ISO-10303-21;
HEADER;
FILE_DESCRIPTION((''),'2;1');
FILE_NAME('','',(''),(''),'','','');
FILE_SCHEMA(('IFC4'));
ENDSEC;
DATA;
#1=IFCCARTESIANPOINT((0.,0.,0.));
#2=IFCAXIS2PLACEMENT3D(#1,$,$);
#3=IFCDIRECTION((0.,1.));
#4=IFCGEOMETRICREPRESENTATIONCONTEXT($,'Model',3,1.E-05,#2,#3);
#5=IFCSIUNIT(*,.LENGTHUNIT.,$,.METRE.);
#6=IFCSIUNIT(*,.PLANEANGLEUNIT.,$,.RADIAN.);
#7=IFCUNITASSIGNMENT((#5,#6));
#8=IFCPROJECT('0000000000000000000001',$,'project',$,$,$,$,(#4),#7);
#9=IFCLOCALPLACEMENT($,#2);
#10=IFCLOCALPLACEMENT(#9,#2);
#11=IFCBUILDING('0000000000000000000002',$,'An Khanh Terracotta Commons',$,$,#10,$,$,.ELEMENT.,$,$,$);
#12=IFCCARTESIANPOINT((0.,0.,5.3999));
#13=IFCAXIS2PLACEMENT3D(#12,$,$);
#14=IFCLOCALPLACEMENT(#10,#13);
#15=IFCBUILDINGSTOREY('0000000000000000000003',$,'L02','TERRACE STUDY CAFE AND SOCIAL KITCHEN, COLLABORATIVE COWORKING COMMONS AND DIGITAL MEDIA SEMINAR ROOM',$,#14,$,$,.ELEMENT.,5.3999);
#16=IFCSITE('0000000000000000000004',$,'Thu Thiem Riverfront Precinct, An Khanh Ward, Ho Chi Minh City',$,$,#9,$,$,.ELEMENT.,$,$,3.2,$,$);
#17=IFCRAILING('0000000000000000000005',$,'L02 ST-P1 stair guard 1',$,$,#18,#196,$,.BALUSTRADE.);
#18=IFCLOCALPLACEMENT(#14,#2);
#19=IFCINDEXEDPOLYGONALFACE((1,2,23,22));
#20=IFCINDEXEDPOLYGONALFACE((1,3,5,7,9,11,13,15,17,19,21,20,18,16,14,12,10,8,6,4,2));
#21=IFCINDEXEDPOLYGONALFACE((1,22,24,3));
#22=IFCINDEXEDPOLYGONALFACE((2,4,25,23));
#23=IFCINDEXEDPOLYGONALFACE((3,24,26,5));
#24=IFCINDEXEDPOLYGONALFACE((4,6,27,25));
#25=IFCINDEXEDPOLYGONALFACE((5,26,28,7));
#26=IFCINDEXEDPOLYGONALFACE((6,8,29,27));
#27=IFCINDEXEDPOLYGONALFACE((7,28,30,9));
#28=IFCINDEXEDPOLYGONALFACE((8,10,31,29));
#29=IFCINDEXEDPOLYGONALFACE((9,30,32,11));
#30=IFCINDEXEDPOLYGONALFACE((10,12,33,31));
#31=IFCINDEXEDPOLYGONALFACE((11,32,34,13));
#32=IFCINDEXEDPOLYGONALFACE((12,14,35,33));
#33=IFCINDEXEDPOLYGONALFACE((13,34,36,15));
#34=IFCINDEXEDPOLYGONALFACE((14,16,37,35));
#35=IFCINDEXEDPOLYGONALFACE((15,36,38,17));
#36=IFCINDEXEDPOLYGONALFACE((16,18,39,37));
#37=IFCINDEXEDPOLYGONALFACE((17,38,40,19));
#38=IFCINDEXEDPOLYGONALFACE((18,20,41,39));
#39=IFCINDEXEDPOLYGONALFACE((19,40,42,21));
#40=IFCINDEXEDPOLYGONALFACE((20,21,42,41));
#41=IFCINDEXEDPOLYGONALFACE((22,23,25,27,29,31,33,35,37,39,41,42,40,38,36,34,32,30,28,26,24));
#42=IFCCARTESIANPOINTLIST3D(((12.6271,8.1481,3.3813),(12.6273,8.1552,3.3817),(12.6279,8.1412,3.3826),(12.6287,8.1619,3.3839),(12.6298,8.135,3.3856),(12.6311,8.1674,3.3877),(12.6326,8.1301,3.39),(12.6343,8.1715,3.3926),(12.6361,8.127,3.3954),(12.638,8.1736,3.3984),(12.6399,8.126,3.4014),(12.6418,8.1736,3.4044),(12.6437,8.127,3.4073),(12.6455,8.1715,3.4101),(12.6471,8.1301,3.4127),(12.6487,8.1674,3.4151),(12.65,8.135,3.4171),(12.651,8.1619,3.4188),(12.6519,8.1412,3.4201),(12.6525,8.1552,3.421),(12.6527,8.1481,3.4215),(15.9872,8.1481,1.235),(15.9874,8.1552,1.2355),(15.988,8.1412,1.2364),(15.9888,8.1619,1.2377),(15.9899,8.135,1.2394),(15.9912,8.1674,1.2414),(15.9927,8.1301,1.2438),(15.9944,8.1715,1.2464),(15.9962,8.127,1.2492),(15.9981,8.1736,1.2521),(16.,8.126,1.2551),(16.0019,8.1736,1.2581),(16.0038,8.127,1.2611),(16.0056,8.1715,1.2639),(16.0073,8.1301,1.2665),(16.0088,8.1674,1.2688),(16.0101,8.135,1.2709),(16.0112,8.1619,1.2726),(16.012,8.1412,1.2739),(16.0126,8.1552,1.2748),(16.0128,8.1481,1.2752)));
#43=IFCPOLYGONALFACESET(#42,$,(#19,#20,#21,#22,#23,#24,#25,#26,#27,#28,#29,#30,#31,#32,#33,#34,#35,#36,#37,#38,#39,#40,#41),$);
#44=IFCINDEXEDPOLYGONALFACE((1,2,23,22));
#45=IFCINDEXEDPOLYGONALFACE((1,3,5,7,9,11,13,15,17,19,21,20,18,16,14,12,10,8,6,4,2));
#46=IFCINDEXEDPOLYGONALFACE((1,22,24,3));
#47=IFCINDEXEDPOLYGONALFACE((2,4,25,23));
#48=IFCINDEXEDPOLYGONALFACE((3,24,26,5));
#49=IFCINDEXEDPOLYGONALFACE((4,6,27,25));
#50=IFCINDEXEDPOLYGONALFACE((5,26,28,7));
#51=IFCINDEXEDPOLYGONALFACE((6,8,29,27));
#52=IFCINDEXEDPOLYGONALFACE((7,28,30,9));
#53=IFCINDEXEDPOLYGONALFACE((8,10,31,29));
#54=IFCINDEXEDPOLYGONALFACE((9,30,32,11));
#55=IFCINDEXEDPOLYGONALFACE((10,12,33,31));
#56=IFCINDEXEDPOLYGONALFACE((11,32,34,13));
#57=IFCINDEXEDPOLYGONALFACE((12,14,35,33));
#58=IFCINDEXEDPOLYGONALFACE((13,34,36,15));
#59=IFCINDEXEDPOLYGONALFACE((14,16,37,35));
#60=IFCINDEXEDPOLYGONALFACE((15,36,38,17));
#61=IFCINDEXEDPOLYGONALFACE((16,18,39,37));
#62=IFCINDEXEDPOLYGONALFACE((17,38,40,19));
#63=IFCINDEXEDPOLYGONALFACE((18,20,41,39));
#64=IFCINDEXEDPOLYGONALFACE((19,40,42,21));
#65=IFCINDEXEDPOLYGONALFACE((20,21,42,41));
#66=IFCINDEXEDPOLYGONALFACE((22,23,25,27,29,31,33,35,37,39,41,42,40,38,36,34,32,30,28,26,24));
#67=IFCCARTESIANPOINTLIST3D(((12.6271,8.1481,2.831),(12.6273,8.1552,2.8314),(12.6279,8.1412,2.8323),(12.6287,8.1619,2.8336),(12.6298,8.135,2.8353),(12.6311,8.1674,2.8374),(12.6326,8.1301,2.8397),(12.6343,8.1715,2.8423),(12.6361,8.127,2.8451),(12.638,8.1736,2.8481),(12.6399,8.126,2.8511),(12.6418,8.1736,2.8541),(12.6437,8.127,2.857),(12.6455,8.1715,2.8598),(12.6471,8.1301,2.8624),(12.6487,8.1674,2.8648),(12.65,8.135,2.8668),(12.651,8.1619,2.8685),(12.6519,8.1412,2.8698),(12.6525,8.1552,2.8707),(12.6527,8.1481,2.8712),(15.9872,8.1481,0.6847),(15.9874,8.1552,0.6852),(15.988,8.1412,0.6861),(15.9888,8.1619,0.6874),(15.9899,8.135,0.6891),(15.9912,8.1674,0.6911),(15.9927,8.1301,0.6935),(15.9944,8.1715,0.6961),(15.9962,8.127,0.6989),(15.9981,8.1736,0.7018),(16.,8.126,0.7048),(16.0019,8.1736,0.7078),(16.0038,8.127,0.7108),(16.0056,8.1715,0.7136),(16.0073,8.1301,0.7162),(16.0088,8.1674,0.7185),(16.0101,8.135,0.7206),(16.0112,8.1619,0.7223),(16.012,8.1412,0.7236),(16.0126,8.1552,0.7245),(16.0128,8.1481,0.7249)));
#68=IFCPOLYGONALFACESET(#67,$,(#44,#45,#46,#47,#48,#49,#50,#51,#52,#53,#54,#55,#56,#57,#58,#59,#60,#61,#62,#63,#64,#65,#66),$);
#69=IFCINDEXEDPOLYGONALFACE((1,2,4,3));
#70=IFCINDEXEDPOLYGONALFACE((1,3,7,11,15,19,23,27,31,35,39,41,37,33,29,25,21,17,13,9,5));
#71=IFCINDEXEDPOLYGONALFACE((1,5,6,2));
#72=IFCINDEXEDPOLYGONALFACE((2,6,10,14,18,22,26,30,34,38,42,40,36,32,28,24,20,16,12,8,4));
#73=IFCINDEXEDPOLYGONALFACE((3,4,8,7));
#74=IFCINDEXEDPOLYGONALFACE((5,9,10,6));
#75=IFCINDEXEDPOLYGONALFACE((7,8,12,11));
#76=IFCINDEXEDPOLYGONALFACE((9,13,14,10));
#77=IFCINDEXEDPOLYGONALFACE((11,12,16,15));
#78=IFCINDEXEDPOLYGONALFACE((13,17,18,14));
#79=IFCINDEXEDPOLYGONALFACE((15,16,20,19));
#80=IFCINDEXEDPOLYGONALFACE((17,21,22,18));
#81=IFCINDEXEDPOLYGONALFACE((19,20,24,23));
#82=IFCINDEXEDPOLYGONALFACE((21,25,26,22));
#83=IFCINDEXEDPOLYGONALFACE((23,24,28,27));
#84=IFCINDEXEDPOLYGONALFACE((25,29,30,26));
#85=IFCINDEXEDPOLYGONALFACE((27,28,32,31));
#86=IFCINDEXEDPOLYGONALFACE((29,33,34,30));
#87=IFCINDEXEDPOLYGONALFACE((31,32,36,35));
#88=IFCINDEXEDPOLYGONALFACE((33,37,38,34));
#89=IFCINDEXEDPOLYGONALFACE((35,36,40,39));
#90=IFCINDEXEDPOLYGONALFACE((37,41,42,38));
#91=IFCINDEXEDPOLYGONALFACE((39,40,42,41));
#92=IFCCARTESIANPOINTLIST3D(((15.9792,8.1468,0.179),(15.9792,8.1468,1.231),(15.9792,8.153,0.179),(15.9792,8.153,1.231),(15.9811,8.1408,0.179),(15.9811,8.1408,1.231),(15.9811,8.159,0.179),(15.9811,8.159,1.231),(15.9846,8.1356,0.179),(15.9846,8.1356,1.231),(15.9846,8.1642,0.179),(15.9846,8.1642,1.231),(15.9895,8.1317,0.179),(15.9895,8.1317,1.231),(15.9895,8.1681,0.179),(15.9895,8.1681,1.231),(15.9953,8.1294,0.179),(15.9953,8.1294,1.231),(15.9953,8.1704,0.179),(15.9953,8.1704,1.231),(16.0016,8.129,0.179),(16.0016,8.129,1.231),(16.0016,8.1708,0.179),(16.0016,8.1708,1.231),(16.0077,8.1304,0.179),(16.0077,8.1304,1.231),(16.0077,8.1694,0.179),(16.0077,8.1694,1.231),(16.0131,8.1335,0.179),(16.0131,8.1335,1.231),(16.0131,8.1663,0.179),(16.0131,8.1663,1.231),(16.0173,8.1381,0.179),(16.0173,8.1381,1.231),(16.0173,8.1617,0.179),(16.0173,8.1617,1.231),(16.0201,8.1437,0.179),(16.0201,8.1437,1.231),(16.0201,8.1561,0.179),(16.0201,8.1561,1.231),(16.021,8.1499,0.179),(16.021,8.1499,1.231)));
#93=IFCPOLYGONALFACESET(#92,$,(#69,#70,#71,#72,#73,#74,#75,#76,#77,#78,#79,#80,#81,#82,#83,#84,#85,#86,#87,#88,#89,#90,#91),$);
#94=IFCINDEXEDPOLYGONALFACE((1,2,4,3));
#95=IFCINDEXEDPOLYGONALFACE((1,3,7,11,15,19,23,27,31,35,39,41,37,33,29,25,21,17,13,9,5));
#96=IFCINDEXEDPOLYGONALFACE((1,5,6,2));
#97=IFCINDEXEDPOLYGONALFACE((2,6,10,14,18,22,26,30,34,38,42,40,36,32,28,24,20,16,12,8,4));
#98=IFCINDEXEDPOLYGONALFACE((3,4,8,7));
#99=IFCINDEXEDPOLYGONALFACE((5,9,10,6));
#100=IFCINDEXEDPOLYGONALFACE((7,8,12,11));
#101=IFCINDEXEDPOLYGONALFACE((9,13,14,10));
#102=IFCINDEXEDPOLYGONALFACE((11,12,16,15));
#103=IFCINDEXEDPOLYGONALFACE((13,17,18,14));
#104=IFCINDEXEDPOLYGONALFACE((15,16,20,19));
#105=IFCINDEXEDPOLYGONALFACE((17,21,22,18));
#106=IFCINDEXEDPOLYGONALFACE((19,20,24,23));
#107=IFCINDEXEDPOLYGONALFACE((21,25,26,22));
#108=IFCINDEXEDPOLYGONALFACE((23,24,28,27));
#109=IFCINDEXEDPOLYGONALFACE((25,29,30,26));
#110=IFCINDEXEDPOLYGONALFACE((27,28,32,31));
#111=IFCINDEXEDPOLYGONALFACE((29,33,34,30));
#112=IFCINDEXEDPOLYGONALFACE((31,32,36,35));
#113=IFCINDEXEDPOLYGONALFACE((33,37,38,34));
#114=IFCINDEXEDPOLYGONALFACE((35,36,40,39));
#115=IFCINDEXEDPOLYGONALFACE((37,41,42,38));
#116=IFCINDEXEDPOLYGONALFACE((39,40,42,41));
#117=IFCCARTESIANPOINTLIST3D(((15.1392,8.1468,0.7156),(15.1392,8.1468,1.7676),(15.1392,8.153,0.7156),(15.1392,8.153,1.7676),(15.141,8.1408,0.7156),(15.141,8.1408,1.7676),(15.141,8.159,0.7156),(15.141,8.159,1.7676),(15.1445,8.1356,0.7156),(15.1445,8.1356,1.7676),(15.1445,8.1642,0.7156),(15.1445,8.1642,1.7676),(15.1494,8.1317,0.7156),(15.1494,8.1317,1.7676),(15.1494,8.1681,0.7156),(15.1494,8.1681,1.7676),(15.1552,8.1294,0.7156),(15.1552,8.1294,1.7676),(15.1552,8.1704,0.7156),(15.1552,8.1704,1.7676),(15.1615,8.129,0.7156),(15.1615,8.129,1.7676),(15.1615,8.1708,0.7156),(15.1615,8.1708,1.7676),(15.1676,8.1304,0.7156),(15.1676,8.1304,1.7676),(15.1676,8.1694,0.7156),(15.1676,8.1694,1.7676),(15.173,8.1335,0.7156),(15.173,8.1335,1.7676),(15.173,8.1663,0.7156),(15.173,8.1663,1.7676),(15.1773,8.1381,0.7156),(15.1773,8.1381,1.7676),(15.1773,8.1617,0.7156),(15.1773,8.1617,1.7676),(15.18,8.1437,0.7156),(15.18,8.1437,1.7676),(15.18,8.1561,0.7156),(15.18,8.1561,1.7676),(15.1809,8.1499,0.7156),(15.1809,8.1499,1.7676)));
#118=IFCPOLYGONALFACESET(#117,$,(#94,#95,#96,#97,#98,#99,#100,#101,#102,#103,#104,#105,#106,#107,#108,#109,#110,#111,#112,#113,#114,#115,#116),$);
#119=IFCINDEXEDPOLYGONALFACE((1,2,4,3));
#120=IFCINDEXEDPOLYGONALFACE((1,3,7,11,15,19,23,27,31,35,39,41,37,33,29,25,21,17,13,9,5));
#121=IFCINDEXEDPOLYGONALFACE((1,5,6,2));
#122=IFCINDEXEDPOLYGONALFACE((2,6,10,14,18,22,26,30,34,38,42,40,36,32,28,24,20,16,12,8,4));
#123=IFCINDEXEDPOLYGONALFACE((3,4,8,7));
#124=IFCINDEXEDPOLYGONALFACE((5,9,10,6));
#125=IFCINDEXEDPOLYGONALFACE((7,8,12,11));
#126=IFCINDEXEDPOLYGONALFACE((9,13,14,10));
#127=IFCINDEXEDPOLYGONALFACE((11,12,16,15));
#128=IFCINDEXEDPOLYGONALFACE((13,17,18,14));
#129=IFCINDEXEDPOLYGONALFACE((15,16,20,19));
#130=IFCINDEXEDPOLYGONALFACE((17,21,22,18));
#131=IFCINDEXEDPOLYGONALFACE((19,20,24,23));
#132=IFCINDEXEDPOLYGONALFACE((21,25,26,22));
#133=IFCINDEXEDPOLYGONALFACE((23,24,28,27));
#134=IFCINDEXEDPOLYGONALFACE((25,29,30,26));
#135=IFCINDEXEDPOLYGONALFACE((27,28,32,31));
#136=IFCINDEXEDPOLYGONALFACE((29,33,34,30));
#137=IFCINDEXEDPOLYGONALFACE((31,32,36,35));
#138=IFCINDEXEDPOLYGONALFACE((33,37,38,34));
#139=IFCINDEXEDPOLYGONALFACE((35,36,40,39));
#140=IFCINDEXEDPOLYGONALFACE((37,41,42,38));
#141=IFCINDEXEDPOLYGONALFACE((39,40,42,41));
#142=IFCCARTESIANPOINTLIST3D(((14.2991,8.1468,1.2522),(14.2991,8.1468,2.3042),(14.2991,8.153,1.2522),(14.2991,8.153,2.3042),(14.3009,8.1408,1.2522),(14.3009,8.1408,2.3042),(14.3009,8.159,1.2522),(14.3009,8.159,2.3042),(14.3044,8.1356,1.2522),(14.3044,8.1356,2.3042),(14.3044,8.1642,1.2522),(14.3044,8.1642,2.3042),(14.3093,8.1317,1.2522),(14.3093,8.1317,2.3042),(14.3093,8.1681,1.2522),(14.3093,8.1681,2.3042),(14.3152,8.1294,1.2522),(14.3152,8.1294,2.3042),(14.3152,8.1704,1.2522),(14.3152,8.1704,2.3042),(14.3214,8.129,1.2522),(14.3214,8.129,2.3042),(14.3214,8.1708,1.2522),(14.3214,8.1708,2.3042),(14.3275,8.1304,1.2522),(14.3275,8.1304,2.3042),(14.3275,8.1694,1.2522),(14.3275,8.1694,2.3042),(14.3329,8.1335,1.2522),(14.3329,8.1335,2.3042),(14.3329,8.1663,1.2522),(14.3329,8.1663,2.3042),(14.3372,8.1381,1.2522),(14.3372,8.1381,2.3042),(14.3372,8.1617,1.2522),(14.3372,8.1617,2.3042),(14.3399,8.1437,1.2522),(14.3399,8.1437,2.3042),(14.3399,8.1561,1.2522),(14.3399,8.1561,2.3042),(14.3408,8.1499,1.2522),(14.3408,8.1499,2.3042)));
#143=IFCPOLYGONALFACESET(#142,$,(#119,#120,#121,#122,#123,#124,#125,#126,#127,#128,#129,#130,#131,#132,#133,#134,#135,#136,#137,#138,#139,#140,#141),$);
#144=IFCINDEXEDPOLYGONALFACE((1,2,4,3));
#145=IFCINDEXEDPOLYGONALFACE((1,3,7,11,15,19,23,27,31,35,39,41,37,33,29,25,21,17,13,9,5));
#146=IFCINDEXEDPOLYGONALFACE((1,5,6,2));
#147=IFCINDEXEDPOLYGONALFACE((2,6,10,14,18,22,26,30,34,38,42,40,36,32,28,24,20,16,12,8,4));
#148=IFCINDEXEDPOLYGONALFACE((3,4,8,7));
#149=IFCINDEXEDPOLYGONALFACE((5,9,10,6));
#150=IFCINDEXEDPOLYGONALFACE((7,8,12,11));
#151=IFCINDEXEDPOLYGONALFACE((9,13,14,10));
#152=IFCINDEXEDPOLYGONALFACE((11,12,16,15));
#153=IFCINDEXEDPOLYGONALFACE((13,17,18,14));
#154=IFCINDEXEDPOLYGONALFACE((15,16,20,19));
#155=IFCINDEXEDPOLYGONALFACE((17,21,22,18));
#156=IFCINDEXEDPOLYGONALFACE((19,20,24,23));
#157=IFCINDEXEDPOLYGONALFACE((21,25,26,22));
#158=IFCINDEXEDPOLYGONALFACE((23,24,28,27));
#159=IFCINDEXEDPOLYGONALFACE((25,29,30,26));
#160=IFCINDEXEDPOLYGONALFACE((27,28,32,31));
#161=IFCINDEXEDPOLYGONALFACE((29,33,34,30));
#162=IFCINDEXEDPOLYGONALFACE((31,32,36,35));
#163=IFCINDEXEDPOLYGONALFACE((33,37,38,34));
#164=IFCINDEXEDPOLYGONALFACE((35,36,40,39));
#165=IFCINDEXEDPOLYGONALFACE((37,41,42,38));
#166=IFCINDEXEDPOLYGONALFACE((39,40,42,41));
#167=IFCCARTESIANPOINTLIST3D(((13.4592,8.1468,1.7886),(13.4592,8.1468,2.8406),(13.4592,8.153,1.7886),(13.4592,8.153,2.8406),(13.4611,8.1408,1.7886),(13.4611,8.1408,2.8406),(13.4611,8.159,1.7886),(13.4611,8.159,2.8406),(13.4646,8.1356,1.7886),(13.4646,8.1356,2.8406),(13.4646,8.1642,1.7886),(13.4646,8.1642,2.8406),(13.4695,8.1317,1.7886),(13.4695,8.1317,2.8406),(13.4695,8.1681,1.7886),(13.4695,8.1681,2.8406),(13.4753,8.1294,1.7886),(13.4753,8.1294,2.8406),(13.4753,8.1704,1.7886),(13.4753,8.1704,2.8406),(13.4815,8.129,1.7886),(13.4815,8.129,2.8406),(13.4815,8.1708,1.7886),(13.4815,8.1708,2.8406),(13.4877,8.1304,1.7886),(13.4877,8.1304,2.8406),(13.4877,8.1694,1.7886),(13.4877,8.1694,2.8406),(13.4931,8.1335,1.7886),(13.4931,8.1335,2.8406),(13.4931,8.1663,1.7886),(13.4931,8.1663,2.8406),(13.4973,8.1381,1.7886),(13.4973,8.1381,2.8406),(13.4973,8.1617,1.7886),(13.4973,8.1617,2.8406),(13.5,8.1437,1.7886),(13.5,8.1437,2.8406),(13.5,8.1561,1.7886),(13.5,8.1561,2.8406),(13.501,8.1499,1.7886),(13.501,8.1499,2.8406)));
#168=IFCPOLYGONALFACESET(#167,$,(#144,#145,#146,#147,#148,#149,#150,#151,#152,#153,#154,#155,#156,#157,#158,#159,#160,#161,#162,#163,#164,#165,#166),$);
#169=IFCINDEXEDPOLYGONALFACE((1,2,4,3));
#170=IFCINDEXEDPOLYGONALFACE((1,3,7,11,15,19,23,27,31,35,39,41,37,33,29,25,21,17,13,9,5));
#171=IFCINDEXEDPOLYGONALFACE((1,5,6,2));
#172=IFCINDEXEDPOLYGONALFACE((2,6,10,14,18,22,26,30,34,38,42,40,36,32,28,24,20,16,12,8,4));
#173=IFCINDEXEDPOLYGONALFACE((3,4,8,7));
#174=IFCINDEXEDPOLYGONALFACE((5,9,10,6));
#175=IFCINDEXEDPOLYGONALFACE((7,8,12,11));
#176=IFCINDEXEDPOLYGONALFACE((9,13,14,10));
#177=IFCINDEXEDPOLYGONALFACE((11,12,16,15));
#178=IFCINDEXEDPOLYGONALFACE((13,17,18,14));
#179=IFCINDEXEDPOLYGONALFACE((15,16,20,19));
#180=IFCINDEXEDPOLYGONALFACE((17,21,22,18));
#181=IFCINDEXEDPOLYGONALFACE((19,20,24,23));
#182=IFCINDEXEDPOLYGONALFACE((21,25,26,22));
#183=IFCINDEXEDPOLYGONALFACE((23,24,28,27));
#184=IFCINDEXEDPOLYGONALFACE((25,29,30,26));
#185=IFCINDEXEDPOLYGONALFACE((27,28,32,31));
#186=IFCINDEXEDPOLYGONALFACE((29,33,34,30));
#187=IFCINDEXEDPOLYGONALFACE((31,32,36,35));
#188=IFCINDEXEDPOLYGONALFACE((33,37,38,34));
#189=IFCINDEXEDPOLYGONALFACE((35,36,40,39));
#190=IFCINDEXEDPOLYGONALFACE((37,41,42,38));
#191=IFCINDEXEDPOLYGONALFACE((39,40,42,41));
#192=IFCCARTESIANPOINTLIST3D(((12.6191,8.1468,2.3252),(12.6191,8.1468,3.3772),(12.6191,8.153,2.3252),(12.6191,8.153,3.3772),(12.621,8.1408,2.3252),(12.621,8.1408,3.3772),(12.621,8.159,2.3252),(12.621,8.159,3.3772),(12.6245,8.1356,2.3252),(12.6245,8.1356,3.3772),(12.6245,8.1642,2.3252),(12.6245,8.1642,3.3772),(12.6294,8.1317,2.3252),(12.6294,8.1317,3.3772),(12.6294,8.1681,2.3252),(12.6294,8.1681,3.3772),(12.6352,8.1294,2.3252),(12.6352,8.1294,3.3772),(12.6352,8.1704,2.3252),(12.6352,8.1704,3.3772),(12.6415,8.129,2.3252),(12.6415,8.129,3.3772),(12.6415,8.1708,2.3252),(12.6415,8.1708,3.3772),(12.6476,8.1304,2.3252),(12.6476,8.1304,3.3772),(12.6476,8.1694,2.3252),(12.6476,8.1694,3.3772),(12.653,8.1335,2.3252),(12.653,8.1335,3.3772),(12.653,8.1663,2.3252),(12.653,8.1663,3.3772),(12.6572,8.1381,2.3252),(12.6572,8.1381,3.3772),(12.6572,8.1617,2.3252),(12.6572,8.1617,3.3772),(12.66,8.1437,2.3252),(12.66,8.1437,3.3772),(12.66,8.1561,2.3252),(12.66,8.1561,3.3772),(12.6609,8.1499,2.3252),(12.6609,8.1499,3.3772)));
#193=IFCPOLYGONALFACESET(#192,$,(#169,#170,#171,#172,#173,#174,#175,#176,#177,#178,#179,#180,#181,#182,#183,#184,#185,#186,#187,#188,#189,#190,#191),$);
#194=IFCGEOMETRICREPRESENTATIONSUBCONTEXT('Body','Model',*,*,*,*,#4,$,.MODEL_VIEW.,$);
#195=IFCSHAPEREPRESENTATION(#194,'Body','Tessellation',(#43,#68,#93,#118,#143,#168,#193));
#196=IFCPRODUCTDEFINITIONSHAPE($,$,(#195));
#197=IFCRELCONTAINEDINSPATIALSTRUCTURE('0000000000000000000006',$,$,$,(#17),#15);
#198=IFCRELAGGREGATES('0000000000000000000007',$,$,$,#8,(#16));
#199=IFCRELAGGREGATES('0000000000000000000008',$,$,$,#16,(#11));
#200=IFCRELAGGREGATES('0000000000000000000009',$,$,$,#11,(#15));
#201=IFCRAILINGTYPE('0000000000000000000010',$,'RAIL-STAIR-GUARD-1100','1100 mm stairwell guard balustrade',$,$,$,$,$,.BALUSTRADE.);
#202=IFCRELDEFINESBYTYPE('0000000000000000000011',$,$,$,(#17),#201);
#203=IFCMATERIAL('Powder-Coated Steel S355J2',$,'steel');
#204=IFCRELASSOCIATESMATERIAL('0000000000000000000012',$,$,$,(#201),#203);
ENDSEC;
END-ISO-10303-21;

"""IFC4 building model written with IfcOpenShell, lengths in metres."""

from ifc_helpers import new_model, si_unit, direction, frame, origin, origin_2d, place, context, subcontext, project, spatial, circle, extrude, material, type_object, element, save


model = new_model("IFC4")

# Units and contexts
model_context = context("Model", 3, precision=1e-05, world=origin(), true_north=direction((0.0, 1.0)))
body_context = subcontext(model_context, "Body", "Model", "MODEL_VIEW")
ifc_project = project(units=[si_unit("LENGTHUNIT", "METRE"), si_unit("PLANEANGLEUNIT", "RADIAN")], contexts=[model_context])

# Site, building, storey
site_placement = place(None, origin())
site = spatial("IfcSite", under=ifc_project, at=site_placement, Name="Thu Thiem Riverfront Precinct, An Khanh Ward, Ho Chi Minh City", CompositionType="ELEMENT", RefElevation=3.2)
building_placement = place(site_placement, origin())
building = spatial("IfcBuilding", under=site, at=building_placement, Name="An Khanh Terracotta Commons", CompositionType="ELEMENT")
storey_placement = place(building_placement, frame((0.0, 0.0, 5.3999)))
storey = spatial("IfcBuildingStorey", under=building, at=storey_placement, Name="L02", Description="TERRACE STUDY CAFE AND SOCIAL KITCHEN, COLLABORATIVE COWORKING COMMONS AND DIGITAL MEDIA SEMINAR ROOM", CompositionType="ELEMENT", Elevation=5.3999)

# Railing
ifc_material_1 = material(Name="Powder-Coated Steel S355J2", Category="steel")
railing_type_1 = type_object("IfcRailingType", Name="RAIL-STAIR-GUARD-1100", Description="1100 mm stairwell guard balustrade", PredefinedType="BALUSTRADE", material=ifc_material_1)
railing_1_placement = place(storey_placement, frame((16.0, 8.1499, 0.179)))
element("IfcRailing", 1, at=railing_1_placement, inside=storey, type_object=railing_type_1, Name="L02 ST-P1 stair guard 1", PredefinedType="BALUSTRADE", context=body_context, shape_type="SweptSolid", body=[
    extrude(circle(Radius=0.0239, at=origin_2d()), frame((0.0, 0.0, 1.0762), z_axis=(-0.842753, 0.0, 0.538301), x_axis=(0.0, -1.0, 0.0)), (0.0, 0.0, 1.0), 3.9871),
    extrude(circle(Radius=0.0239, at=origin_2d()), frame((0.0, 0.0, 0.5259), z_axis=(-0.842753, 0.0, 0.538301), x_axis=(0.0, -1.0, 0.0)), (0.0, 0.0, 1.0), 3.9871),
    extrude(circle(Radius=0.021, at=origin_2d()), origin(), (0.0, 0.0, 1.0), 1.052),
    extrude(circle(Radius=0.021, at=origin_2d()), frame((-0.8401, 0.0, 0.5366)), (0.0, 0.0, 1.0), 1.052),
    extrude(circle(Radius=0.021, at=origin_2d()), frame((-1.6802, 0.0, 1.0732)), (0.0, 0.0, 1.0), 1.052),
    extrude(circle(Radius=0.021, at=origin_2d()), frame((-2.52, 0.0, 1.6096)), (0.0, 0.0, 1.0), 1.052),
    extrude(circle(Radius=0.021, at=origin_2d()), frame((-3.3601, 0.0, 2.1462)), (0.0, 0.0, 1.0), 1.052),
])

save(model, "model.ifc")
